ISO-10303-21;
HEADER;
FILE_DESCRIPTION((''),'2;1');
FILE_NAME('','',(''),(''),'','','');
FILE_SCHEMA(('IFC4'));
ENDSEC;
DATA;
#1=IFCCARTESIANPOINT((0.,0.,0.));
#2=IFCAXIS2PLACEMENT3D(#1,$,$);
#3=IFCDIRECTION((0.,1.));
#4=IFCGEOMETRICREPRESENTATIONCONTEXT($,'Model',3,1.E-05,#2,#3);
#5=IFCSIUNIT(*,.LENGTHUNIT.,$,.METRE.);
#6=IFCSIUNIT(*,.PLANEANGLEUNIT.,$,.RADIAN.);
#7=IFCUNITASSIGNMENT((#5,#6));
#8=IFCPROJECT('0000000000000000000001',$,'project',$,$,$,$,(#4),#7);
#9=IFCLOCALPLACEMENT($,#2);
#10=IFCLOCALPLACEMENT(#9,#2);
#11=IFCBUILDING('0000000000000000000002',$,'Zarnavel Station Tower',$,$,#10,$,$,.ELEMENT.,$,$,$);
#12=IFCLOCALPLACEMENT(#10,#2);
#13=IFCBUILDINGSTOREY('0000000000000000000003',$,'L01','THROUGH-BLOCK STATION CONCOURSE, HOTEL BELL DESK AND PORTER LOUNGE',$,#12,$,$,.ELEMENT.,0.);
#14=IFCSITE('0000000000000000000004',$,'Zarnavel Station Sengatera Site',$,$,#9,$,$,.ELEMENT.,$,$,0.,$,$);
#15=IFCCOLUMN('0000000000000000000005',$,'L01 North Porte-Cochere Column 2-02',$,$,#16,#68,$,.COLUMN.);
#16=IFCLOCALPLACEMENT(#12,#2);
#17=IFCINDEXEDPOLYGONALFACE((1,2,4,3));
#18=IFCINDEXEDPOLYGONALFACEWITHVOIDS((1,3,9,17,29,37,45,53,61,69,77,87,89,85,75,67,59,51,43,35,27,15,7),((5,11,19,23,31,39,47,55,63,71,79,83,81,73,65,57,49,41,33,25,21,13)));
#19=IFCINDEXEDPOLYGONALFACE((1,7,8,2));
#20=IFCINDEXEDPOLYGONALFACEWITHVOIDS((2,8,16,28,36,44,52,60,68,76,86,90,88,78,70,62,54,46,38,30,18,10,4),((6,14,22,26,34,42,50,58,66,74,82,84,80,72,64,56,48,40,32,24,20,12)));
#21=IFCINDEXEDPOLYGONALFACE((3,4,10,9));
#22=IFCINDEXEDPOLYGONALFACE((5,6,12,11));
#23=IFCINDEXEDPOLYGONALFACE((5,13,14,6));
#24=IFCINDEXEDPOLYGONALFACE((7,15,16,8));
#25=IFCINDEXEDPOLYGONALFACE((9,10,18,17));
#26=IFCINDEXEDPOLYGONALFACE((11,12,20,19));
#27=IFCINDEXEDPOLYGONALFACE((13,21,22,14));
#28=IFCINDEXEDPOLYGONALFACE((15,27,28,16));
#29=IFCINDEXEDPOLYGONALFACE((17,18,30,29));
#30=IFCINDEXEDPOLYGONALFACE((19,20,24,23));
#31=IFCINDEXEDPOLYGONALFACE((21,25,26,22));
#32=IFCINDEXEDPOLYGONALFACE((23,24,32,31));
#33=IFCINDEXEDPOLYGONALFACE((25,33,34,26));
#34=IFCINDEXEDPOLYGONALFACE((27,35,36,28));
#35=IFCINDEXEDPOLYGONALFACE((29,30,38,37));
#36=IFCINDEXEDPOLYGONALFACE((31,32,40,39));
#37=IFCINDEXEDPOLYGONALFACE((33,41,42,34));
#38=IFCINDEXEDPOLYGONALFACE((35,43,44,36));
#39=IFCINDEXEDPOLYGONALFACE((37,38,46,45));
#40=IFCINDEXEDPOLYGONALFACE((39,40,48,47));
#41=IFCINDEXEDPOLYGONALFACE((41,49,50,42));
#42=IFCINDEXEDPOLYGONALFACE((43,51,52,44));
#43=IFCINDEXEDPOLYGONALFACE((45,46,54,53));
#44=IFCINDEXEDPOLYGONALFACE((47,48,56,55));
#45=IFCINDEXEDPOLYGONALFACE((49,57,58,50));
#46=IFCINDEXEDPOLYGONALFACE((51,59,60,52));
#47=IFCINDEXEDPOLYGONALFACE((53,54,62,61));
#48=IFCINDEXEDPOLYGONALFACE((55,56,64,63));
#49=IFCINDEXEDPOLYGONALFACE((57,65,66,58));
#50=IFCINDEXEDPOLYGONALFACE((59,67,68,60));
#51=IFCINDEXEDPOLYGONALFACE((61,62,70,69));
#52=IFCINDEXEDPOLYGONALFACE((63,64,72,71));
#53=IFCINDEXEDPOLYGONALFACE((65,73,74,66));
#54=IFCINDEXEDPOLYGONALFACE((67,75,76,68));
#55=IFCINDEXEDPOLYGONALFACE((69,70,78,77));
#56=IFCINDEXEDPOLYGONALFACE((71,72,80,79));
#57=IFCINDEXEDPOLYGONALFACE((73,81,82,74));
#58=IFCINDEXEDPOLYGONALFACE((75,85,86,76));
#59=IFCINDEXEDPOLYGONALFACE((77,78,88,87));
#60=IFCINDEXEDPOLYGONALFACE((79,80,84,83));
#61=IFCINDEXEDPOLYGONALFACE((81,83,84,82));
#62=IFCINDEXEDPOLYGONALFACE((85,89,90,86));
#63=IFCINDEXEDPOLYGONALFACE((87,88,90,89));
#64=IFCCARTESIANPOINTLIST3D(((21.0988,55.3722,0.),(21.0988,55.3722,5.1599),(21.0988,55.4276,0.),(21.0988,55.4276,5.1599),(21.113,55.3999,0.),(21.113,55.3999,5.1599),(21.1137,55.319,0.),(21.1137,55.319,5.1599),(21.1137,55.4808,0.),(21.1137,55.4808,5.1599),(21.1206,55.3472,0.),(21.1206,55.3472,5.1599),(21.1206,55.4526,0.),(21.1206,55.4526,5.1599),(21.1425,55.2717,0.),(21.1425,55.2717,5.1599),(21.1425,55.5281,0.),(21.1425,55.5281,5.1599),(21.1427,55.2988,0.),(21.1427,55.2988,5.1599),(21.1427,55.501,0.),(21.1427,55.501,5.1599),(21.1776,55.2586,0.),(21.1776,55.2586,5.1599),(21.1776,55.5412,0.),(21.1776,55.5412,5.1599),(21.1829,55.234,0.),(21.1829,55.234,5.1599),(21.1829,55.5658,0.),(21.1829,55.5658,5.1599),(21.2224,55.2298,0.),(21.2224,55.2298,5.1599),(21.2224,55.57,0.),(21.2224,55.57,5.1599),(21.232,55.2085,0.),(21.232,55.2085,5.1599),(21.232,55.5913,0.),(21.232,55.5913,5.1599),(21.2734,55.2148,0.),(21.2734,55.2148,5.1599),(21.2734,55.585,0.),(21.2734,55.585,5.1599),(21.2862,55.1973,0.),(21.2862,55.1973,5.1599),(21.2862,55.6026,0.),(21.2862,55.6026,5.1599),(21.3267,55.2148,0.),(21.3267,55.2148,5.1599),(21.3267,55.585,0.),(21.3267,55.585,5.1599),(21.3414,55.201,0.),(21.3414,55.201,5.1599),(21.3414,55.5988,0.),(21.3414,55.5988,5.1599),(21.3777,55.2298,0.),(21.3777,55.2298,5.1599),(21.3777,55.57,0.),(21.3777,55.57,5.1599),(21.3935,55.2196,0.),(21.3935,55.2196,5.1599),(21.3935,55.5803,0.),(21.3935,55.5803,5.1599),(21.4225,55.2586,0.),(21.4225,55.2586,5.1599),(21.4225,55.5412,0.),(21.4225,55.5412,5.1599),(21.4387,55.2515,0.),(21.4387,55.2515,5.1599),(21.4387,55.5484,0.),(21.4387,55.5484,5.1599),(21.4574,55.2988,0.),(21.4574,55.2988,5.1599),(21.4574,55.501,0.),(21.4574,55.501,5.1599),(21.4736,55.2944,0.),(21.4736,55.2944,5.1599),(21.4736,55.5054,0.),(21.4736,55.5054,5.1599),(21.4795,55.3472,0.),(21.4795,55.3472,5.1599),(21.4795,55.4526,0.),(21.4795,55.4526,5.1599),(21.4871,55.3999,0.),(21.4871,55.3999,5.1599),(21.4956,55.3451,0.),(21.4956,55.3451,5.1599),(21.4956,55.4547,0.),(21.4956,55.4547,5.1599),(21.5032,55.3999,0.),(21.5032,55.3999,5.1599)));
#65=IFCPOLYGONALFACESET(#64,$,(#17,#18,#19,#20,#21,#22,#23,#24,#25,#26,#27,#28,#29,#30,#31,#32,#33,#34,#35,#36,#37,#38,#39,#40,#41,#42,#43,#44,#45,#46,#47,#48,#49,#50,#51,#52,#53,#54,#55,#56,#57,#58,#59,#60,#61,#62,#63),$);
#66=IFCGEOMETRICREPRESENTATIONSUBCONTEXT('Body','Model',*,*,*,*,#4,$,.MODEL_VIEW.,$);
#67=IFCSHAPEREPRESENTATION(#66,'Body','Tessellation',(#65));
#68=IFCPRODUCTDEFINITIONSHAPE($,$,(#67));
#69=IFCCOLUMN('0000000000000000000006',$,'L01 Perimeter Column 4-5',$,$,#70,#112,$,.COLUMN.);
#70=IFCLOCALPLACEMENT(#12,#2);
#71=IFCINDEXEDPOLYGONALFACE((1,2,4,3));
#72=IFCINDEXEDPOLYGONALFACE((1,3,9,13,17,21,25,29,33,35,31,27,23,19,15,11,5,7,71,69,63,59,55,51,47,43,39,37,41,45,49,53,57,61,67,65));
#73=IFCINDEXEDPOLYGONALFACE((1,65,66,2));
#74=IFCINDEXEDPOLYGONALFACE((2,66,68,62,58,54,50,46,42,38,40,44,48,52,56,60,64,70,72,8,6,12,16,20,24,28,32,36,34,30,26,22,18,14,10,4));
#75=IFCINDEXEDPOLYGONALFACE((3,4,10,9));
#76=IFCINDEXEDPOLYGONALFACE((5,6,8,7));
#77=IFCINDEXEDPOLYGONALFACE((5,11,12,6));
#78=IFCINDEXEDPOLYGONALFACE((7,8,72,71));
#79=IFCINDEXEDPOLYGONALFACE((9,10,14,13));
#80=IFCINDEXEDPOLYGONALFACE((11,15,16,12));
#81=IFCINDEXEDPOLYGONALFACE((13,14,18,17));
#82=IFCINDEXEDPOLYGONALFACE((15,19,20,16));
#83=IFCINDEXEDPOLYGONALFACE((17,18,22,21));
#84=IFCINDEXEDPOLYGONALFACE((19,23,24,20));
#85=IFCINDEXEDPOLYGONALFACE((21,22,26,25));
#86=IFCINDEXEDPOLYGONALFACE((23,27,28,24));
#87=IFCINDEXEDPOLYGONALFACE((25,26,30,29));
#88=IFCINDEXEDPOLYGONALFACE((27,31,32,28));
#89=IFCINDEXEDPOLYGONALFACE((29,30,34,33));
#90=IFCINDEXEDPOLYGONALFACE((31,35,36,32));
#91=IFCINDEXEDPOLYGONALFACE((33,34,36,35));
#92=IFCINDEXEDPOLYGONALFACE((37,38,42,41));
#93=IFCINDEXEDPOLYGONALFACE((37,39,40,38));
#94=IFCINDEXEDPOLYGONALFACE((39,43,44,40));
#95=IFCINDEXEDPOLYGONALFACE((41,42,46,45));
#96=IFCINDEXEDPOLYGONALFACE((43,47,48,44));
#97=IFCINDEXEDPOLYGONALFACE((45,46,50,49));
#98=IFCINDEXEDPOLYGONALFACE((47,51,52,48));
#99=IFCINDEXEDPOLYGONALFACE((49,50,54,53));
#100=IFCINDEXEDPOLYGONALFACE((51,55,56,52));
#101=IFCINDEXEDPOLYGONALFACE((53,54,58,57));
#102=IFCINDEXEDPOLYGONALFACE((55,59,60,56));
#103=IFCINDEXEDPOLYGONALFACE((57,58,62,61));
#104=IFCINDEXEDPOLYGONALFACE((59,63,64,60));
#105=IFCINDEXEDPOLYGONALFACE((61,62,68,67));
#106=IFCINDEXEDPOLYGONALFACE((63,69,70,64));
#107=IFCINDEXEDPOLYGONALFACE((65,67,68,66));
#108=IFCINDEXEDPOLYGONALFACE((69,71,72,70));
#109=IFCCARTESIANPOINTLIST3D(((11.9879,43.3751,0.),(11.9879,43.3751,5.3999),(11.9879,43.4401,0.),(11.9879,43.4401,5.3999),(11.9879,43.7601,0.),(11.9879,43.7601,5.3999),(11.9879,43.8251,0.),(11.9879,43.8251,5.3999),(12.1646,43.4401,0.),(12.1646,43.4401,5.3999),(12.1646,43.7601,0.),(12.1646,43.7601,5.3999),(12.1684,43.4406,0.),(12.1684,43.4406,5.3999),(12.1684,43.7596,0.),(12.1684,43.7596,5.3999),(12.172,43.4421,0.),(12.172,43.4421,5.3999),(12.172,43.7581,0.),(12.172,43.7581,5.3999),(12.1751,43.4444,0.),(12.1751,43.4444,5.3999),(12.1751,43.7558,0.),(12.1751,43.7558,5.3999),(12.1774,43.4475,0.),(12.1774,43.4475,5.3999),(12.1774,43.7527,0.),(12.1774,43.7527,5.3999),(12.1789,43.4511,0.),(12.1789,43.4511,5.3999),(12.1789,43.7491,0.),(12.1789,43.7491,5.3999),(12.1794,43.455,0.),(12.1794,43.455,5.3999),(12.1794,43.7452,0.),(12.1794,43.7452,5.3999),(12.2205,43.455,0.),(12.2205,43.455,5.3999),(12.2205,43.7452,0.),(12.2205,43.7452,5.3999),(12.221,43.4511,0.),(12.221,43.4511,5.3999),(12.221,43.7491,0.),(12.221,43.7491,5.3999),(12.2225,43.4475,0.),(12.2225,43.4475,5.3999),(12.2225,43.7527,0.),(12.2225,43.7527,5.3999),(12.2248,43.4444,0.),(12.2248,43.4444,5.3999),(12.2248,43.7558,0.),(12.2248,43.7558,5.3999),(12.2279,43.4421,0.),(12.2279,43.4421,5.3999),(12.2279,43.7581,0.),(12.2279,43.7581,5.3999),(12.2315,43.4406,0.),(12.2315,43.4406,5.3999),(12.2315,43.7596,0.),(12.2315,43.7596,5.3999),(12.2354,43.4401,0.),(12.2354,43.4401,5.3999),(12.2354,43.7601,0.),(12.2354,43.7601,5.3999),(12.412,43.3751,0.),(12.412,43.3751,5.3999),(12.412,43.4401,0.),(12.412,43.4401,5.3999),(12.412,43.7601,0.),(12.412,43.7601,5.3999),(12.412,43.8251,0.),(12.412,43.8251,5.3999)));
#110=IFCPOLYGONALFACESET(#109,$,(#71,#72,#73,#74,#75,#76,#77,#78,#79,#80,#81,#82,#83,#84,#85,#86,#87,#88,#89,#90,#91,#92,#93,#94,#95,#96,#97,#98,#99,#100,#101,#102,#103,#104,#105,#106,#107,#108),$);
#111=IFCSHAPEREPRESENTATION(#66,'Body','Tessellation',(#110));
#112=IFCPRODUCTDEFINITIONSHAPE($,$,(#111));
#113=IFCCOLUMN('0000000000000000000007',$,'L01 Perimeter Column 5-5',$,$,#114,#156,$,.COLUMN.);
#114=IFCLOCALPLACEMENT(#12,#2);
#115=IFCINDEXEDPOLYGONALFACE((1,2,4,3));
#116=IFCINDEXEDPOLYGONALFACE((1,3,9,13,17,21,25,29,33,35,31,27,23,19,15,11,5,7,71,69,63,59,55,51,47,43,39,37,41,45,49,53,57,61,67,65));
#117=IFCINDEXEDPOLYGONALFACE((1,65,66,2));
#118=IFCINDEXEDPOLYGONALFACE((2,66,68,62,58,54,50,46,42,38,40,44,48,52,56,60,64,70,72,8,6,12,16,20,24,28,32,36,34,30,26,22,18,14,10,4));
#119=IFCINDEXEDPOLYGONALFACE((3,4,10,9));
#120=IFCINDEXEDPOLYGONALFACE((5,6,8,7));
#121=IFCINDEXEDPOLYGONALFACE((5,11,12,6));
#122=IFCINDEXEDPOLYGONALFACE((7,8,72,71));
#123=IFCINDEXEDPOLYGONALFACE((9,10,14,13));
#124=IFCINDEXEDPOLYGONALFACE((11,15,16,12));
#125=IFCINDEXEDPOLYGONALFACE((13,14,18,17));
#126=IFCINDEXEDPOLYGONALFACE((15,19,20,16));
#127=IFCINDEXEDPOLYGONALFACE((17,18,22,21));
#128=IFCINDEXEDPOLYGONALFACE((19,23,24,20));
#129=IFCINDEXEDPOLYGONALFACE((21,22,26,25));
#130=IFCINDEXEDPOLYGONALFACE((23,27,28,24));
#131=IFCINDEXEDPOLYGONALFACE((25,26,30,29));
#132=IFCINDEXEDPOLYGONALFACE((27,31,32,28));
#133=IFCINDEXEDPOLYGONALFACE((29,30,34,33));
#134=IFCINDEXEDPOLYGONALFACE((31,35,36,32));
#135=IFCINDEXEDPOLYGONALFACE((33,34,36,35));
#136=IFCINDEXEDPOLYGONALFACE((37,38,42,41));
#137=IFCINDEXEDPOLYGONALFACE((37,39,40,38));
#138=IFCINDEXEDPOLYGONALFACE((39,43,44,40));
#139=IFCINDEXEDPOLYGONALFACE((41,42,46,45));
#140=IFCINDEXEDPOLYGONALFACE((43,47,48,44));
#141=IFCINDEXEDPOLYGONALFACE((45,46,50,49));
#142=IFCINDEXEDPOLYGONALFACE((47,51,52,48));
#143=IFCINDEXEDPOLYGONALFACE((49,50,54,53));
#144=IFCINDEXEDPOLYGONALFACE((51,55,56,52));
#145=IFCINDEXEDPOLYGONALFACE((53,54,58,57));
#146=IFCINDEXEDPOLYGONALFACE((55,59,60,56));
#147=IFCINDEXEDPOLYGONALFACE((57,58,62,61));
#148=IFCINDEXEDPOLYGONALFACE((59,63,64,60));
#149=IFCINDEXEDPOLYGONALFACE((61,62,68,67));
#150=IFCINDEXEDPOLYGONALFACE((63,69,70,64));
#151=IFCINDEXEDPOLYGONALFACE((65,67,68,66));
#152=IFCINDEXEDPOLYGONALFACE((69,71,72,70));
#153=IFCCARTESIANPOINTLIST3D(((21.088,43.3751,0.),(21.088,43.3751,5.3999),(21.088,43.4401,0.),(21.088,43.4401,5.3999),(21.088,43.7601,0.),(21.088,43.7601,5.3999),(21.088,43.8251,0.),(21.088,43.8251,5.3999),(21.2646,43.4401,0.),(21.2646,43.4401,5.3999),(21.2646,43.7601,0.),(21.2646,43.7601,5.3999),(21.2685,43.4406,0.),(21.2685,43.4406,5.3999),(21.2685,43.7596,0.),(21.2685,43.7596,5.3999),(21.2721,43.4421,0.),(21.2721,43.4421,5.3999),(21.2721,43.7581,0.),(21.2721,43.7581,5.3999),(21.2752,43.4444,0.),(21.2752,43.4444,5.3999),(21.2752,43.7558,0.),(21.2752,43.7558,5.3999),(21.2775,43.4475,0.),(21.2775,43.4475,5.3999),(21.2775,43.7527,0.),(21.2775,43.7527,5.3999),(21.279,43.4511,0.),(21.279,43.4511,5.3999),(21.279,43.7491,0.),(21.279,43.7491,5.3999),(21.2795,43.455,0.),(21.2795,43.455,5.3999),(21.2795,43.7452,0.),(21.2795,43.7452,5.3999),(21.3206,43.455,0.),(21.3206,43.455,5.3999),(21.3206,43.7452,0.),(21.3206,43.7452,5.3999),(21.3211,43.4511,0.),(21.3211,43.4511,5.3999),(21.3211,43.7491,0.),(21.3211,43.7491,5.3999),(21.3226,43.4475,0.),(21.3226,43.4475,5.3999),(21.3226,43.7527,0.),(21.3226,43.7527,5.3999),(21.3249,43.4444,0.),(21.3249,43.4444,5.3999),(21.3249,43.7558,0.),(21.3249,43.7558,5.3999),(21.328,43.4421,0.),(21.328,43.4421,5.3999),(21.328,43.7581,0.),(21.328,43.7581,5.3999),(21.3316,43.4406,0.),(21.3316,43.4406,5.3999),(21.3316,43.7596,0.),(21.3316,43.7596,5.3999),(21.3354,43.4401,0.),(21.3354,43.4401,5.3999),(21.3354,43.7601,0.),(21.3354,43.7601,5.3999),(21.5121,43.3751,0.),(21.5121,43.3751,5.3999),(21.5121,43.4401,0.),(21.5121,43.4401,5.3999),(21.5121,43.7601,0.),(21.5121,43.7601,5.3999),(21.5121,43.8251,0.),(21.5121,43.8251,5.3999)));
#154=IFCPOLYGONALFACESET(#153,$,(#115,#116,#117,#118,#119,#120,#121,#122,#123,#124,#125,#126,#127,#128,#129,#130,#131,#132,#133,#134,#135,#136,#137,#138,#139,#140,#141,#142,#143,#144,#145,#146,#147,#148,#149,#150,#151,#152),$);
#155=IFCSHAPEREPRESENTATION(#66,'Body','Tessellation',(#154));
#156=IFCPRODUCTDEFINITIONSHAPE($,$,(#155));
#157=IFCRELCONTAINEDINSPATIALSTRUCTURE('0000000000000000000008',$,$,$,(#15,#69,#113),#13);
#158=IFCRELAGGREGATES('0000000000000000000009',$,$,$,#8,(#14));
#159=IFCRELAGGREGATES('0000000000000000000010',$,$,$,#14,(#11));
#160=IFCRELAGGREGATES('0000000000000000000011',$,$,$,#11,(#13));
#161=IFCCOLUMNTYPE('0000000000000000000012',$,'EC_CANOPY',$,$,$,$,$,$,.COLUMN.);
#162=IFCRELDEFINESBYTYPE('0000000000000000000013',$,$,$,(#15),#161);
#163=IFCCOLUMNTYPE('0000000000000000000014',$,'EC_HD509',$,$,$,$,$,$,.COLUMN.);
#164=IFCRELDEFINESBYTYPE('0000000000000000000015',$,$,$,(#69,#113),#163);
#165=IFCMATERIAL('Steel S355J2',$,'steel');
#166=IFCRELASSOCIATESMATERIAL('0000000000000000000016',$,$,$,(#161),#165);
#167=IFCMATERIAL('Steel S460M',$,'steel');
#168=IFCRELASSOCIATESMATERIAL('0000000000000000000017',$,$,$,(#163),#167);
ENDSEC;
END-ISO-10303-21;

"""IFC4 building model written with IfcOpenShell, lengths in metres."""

from ifc_helpers import new_model, si_unit, direction, frame, origin, origin_2d, place, context, subcontext, project, spatial, hollow_circle, i_section, extrude, material, material_profile, profile_set, type_object, element, save


model = new_model("IFC4")

# Units and contexts
model_context = context("Model", 3, precision=1e-05, world=origin(), true_north=direction((0.0, 1.0)))
body_context = subcontext(model_context, "Body", "Model", "MODEL_VIEW")
ifc_project = project(units=[si_unit("LENGTHUNIT", "METRE"), si_unit("PLANEANGLEUNIT", "RADIAN")], contexts=[model_context])

# Site, building, storey
site_placement = place(None, origin())
site = spatial("IfcSite", under=ifc_project, at=site_placement, Name="Zarnavel Station Sengatera Site", CompositionType="ELEMENT", RefElevation=0.0)
building_placement = place(site_placement, origin())
building = spatial("IfcBuilding", under=site, at=building_placement, Name="Zarnavel Station Tower", CompositionType="ELEMENT")
storey_placement = place(building_placement, origin())
storey = spatial("IfcBuildingStorey", under=building, at=storey_placement, Name="L01", Description="THROUGH-BLOCK STATION CONCOURSE, HOTEL BELL DESK AND PORTER LOUNGE", CompositionType="ELEMENT", Elevation=0.0)

# Columns
ifc_material_1 = material(Name="Steel S355J2", Category="steel")
ifc_material_profile_1 = material_profile(ifc_material_1, hollow_circle(Radius=0.2031, WallThickness=0.0161, at=origin_2d()), Name="CHS406.4x16")
ifc_profile_set_1 = profile_set([ifc_material_profile_1], Name="Steel S355J2")
column_type_1 = type_object("IfcColumnType", Name="EC_CANOPY", PredefinedType="COLUMN", material=ifc_profile_set_1)
for number, where, z_axis, x_axis, name in (
    (1, (21.3, 55.3999, 0.0), (0.0, 0.0, 1.0), (1.0, 0.0, 0.0), "L01 North Porte-Cochere Column 2-02"),
):
    element("IfcColumn", number, at=place(storey_placement, frame(where, z_axis=z_axis, x_axis=x_axis)), inside=storey, type_object=column_type_1, Name=name, PredefinedType="COLUMN", context=body_context, shape_type="SweptSolid", body=[
        extrude(hollow_circle(Radius=0.2031, WallThickness=0.0161, at=origin_2d()), origin(), (0.0, 0.0, 1.0), 5.1599),
    ])
ifc_material_2 = material(Name="Steel S460M", Category="steel")
ifc_material_profile_2 = material_profile(ifc_material_2, i_section(OverallWidth=0.4241, OverallDepth=0.45, WebThickness=0.041, FlangeThickness=0.0649, FilletRadius=0.0149, at=origin_2d()), Name="HD400x509")
ifc_profile_set_2 = profile_set([ifc_material_profile_2], Name="Steel S460M")
column_type_2 = type_object("IfcColumnType", Name="EC_HD509", PredefinedType="COLUMN", material=ifc_profile_set_2)
for number, where, z_axis, x_axis, name in (
    (2, (12.2, 43.6001, 0.0), (0.0, 0.0, 1.0), (1.0, 0.0, 0.0), "L01 Perimeter Column 4-5"),
    (3, (21.3, 43.6001, 0.0), (0.0, 0.0, 1.0), (1.0, 0.0, 0.0), "L01 Perimeter Column 5-5"),
):
    element("IfcColumn", number, at=place(storey_placement, frame(where, z_axis=z_axis, x_axis=x_axis)), inside=storey, type_object=column_type_2, Name=name, PredefinedType="COLUMN", context=body_context, shape_type="SweptSolid", body=[
        extrude(i_section(OverallWidth=0.4241, OverallDepth=0.45, WebThickness=0.041, FlangeThickness=0.0649, FilletRadius=0.0149, at=origin_2d()), origin(), (0.0, 0.0, 1.0), 5.3999),
    ])

save(model, "model.ifc")
